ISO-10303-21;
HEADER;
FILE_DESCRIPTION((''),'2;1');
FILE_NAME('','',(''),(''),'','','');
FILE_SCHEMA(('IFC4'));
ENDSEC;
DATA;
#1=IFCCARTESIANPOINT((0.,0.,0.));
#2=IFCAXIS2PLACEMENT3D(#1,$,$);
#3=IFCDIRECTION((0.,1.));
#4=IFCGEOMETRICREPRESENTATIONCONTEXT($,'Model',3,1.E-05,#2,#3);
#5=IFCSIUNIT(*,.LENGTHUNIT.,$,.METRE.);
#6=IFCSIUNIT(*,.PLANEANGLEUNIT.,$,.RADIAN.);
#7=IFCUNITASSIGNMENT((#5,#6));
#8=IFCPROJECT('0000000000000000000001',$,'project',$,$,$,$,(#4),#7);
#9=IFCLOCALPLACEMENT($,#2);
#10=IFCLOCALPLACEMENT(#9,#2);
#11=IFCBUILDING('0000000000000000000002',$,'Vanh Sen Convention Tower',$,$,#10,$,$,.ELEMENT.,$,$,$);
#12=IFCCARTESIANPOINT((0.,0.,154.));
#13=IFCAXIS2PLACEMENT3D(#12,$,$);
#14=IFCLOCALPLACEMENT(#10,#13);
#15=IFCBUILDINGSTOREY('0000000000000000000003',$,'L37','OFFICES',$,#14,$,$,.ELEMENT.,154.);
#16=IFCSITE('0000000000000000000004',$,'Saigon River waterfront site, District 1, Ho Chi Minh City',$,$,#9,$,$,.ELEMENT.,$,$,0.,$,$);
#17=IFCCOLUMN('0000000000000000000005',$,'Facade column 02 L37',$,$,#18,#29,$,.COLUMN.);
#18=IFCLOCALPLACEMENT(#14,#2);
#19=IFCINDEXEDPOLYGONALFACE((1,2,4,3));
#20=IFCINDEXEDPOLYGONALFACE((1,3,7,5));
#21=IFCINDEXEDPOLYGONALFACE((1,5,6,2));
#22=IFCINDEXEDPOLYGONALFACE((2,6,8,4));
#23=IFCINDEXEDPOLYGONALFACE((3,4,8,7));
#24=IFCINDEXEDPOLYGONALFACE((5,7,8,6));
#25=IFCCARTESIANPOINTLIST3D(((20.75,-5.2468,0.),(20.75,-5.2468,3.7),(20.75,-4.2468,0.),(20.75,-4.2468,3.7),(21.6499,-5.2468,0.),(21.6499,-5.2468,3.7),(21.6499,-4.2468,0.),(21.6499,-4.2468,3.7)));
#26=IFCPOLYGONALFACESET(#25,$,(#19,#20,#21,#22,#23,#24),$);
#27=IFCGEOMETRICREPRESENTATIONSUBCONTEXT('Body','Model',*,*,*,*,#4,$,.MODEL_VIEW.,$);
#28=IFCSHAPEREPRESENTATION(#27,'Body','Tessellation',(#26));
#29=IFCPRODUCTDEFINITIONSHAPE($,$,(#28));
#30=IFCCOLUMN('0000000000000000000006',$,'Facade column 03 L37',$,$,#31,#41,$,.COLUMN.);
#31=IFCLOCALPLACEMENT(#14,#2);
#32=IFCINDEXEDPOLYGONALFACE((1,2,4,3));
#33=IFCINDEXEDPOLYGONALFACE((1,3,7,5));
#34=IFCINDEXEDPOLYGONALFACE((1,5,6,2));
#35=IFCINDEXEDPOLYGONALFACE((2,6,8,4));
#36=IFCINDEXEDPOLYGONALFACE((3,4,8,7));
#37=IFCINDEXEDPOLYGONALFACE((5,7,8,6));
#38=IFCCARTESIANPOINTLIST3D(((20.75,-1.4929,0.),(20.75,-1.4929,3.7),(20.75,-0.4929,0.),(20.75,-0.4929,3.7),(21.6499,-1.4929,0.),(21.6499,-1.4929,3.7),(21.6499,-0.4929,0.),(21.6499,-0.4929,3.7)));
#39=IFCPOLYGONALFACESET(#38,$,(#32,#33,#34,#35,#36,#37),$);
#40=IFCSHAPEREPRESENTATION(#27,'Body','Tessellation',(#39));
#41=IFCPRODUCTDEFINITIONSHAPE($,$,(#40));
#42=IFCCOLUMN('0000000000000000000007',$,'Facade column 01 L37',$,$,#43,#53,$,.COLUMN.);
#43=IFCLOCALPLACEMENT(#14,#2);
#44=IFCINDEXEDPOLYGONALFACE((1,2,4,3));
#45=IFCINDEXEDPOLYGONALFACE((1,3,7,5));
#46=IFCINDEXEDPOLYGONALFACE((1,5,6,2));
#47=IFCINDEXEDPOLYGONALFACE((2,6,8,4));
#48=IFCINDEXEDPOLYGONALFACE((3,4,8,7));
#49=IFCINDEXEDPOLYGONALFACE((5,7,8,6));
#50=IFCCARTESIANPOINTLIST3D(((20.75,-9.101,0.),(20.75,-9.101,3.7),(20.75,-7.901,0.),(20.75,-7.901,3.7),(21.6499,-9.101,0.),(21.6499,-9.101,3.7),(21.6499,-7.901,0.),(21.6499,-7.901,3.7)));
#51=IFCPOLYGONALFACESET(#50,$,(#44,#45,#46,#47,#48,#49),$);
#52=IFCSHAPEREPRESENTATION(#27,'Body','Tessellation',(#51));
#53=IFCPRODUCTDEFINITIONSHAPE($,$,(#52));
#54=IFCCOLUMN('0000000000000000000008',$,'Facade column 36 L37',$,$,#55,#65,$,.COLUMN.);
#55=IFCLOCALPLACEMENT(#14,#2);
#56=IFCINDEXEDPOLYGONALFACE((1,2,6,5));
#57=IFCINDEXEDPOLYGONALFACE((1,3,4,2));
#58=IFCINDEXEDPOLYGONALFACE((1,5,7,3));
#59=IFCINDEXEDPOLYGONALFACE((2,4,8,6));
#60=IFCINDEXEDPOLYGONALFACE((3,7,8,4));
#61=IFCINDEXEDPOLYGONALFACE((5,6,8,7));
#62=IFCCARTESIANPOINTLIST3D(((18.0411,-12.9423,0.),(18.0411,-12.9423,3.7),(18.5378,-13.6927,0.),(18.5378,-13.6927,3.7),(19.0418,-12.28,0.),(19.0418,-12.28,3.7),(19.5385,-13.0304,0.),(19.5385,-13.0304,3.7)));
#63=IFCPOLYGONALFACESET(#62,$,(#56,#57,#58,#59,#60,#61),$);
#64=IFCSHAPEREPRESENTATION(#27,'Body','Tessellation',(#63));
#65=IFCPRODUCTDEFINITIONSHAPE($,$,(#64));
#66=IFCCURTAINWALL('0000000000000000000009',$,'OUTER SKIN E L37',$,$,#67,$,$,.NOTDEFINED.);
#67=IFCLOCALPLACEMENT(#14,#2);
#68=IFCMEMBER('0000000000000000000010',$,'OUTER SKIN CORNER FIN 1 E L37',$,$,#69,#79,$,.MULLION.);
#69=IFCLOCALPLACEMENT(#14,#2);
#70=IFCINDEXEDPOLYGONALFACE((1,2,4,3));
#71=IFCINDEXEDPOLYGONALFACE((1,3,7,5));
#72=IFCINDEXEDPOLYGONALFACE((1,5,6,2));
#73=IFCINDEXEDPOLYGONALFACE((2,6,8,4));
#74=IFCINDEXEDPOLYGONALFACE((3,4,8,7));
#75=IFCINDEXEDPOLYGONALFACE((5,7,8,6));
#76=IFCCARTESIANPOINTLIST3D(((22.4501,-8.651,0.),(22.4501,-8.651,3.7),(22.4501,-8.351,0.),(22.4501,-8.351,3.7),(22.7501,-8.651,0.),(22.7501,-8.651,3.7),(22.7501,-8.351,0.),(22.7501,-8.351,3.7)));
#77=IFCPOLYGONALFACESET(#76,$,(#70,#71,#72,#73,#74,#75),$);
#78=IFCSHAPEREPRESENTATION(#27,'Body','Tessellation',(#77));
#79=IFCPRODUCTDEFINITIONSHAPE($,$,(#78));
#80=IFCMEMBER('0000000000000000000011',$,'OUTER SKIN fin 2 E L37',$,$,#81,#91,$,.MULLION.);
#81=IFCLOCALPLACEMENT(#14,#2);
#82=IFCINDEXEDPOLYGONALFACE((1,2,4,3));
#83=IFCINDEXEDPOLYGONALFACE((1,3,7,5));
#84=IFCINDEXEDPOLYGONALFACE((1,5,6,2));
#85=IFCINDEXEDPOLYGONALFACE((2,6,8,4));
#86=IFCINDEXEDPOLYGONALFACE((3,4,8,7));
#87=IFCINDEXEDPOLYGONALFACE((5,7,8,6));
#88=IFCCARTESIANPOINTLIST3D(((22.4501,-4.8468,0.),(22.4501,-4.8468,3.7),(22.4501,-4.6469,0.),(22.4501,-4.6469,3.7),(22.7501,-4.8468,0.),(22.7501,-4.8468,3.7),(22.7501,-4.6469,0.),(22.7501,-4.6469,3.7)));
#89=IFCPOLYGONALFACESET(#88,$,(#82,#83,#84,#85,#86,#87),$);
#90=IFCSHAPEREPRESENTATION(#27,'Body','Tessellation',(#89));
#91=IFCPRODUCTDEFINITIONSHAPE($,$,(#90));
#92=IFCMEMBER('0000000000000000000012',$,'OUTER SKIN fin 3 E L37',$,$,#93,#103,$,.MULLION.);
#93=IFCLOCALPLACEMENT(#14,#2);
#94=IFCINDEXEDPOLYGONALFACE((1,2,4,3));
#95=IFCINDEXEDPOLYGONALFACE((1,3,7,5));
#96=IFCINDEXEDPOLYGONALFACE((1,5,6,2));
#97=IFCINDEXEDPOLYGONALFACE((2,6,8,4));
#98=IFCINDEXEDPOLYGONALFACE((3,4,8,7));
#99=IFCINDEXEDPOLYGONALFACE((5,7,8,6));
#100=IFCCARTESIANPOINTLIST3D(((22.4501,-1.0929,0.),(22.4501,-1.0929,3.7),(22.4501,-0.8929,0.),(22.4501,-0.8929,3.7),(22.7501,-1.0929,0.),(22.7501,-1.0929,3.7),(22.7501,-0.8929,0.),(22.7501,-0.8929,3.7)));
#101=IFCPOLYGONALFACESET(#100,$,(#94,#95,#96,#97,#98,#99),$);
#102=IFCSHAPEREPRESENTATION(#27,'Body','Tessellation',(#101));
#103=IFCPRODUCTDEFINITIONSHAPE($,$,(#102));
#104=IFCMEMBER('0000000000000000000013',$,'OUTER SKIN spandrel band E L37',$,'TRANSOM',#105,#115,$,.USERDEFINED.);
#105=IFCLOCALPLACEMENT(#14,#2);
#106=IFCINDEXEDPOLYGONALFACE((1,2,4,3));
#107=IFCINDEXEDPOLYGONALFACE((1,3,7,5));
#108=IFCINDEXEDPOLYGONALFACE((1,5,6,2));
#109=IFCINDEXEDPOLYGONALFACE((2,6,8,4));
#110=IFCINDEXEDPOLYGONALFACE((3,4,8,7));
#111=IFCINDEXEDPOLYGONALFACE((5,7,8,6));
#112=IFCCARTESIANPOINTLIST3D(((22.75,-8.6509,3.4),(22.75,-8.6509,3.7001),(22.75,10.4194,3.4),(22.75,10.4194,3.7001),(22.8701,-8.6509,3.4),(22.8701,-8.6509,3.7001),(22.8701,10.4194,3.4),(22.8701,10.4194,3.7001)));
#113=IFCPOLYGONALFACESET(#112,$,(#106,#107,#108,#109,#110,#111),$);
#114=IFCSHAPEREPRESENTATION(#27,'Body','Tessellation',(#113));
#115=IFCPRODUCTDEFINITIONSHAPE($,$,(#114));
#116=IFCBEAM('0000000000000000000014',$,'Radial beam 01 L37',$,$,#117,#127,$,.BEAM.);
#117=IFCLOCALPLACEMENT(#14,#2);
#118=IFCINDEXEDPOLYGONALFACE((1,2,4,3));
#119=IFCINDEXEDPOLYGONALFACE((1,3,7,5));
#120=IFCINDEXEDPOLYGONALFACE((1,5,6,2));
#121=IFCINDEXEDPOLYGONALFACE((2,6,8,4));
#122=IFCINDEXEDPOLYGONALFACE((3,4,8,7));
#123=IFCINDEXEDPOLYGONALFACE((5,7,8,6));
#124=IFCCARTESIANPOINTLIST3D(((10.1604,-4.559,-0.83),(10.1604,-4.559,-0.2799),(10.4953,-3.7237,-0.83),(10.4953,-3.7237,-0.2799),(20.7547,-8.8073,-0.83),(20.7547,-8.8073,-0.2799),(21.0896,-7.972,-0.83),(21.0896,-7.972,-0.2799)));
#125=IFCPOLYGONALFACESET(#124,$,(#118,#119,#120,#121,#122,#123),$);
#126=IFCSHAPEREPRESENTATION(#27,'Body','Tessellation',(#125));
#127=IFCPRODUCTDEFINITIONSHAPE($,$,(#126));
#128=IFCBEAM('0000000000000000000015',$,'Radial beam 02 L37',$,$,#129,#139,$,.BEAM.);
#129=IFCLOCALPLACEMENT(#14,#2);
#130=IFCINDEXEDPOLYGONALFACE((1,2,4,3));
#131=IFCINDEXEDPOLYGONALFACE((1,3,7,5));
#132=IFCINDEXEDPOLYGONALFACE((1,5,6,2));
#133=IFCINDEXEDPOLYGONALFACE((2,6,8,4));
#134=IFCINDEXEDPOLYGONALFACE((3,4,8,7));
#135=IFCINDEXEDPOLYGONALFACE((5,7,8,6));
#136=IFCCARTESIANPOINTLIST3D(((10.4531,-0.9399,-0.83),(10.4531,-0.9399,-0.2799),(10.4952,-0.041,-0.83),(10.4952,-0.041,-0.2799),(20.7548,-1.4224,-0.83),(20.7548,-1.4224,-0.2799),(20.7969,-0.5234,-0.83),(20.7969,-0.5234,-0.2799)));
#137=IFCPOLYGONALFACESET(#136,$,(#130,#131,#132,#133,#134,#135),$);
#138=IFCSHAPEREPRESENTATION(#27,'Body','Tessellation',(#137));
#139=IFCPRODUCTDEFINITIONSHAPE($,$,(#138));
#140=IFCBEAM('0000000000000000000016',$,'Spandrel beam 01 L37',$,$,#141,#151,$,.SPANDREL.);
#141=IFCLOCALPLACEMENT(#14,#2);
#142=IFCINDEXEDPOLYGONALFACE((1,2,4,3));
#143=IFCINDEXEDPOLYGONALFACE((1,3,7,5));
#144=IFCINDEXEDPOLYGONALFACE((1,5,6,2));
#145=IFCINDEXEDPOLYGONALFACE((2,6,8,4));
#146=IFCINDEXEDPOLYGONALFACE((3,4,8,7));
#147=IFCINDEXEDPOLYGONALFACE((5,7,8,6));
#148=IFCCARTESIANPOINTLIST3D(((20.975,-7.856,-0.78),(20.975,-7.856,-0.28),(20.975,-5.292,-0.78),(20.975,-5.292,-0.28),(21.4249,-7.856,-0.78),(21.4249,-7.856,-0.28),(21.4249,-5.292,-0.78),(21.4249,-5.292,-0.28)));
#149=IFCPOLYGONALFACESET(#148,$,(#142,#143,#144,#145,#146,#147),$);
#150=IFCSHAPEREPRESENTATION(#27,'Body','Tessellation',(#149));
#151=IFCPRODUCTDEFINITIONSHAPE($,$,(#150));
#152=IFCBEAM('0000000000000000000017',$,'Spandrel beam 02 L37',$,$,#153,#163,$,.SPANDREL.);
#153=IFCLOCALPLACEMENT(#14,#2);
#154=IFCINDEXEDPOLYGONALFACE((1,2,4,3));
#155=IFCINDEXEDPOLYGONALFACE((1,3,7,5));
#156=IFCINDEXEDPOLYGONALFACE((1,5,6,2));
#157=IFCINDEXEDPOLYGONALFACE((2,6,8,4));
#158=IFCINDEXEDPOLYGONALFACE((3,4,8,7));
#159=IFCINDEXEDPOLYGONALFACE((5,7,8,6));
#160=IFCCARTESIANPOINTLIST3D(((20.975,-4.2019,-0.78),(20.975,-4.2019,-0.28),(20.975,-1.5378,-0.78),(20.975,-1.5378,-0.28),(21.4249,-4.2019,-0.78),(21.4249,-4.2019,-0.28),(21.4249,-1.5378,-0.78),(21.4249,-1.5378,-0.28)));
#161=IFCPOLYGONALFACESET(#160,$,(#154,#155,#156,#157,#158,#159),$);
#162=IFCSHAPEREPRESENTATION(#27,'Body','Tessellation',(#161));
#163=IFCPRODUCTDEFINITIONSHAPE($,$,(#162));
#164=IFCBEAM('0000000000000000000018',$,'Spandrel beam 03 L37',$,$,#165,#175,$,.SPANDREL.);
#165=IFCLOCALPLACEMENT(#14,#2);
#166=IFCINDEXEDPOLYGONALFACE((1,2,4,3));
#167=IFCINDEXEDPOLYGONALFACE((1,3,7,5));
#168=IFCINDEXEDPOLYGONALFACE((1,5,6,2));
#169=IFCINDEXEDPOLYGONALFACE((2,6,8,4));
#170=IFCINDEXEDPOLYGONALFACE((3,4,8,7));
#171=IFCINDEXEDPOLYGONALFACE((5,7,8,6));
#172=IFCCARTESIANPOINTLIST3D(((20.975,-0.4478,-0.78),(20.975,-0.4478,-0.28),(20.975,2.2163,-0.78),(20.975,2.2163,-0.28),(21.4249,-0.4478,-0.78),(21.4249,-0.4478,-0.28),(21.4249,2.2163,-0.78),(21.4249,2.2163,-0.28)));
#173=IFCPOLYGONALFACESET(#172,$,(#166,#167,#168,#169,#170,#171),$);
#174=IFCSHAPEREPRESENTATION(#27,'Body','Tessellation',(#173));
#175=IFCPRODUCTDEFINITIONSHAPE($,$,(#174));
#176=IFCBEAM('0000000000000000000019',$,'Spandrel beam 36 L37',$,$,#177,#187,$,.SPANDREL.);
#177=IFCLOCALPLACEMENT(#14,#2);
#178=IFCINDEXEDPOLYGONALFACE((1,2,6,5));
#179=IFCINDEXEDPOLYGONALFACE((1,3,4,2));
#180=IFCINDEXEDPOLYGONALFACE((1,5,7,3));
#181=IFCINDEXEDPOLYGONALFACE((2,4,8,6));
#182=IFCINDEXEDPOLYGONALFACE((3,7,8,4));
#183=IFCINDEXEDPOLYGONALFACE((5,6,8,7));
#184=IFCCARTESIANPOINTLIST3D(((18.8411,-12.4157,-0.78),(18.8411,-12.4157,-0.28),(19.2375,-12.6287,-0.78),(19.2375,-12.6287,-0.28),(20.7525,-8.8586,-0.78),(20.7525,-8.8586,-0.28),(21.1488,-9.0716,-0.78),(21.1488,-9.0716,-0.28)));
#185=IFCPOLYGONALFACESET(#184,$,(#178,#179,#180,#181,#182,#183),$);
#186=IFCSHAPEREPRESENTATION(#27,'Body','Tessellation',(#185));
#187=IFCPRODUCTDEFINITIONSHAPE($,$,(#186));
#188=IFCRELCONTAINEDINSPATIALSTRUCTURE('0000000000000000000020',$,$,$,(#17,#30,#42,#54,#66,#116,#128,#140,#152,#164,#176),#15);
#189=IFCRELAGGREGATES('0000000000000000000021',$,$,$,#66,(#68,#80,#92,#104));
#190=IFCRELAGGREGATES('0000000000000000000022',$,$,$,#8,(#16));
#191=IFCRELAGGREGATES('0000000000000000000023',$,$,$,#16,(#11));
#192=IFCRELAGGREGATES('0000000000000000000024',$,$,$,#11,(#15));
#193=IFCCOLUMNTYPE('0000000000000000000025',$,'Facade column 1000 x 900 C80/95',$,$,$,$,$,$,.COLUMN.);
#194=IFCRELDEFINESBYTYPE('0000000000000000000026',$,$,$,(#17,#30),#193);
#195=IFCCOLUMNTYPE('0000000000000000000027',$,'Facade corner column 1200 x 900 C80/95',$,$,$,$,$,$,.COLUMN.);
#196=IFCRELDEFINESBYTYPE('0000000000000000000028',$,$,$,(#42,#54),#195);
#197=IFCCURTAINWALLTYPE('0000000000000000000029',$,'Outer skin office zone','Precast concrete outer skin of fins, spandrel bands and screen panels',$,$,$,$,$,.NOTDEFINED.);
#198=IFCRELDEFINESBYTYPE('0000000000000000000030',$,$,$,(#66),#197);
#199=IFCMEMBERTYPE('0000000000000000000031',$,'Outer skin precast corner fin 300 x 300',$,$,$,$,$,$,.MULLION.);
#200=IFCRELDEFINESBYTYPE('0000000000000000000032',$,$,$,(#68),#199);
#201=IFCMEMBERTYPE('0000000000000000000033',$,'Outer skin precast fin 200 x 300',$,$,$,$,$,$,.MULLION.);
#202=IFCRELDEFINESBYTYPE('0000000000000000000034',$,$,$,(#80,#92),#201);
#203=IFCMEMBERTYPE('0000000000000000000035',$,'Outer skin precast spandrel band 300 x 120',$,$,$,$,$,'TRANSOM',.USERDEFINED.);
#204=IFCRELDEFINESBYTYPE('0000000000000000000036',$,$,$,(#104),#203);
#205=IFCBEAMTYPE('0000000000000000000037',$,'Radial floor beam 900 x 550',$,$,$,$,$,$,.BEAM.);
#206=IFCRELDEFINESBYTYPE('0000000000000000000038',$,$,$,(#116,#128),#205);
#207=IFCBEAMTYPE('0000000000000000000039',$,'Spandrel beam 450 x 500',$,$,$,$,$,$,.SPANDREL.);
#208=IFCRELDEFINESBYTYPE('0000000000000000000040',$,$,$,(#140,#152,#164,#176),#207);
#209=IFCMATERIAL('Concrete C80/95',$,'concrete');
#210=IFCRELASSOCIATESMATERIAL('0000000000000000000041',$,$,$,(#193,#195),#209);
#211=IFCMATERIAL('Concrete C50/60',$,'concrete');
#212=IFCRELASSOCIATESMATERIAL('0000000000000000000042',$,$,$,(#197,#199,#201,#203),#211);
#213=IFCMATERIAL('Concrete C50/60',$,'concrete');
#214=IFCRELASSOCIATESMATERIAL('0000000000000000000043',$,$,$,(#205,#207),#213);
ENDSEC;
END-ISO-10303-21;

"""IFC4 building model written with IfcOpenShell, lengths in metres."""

from ifc_helpers import new_model, si_unit, direction, frame, origin, origin_2d, place, context, subcontext, project, spatial, rectangle, extrude, material, material_profile, profile_set, type_object, element, aggregate, save


model = new_model("IFC4")

# Units and contexts
model_context = context("Model", 3, precision=1e-05, world=origin(), true_north=direction((0.0, 1.0)))
body_context = subcontext(model_context, "Body", "Model", "MODEL_VIEW")
ifc_project = project(units=[si_unit("LENGTHUNIT", "METRE"), si_unit("PLANEANGLEUNIT", "RADIAN")], contexts=[model_context])

# Site, building, storey
site_placement = place(None, origin())
site = spatial("IfcSite", under=ifc_project, at=site_placement, Name="Saigon River waterfront site, District 1, Ho Chi Minh City", CompositionType="ELEMENT", RefElevation=0.0)
building_placement = place(site_placement, origin())
building = spatial("IfcBuilding", under=site, at=building_placement, Name="Vanh Sen Convention Tower", CompositionType="ELEMENT")
storey_placement = place(building_placement, frame((0.0, 0.0, 154.0)))
storey = spatial("IfcBuildingStorey", under=building, at=storey_placement, Name="L37", Description="OFFICES", CompositionType="ELEMENT", Elevation=154.0)

# Columns
ifc_material_1 = material(Name="Concrete C80/95", Category="concrete")
ifc_material_profile_1 = material_profile(ifc_material_1, rectangle(XDim=1.0, YDim=0.8999, at=origin_2d()), Name="RC 1000X900")
ifc_profile_set_1 = profile_set([ifc_material_profile_1], Name="Concrete C80/95")
column_type_1 = type_object("IfcColumnType", Name="Facade column 1000 x 900 C80/95", PredefinedType="COLUMN", material=ifc_profile_set_1)
for number, where, z_axis, x_axis, name in (
    (1, (21.2, -4.7468, 0.0), (0.0, 0.0, 1.0), (0.0, 1.0, 0.0), "Facade column 02 L37"),
    (2, (21.2, -0.9929, 0.0), (0.0, 0.0, 1.0), (0.0, 1.0, 0.0), "Facade column 03 L37"),
):
    element("IfcColumn", number, at=place(storey_placement, frame(where, z_axis=z_axis, x_axis=x_axis)), inside=storey, type_object=column_type_1, Name=name, PredefinedType="COLUMN", context=body_context, shape_type="SweptSolid", body=[
        extrude(rectangle(XDim=1.0, YDim=0.8999, at=origin_2d()), origin(), (0.0, 0.0, 1.0), 3.7),
    ])
ifc_material_profile_2 = material_profile(ifc_material_1, rectangle(XDim=1.2, YDim=0.8999, at=origin_2d()), Name="RC 1200X900")
ifc_profile_set_2 = profile_set([ifc_material_profile_2], Name="Concrete C80/95")
column_type_2 = type_object("IfcColumnType", Name="Facade corner column 1200 x 900 C80/95", PredefinedType="COLUMN", material=ifc_profile_set_2)
for number, where, z_axis, x_axis, name in (
    (3, (21.2, -8.501, 0.0), (0.0, 0.0, 1.0), (0.0, 1.0, 0.0), "Facade column 01 L37"),
    (4, (18.7898, -12.9863, 0.0), (0.0, 0.0, 1.0), (0.833886, 0.551937, 0.0), "Facade column 36 L37"),
):
    element("IfcColumn", number, at=place(storey_placement, frame(where, z_axis=z_axis, x_axis=x_axis)), inside=storey, type_object=column_type_2, Name=name, PredefinedType="COLUMN", context=body_context, shape_type="SweptSolid", body=[
        extrude(rectangle(XDim=1.2, YDim=0.8999, at=origin_2d()), origin(), (0.0, 0.0, 1.0), 3.7),
    ])

# Curtain wall, members
ifc_material_2 = material(Name="Concrete C50/60", Category="concrete")
curtain_wall_type = type_object("IfcCurtainWallType", Name="Outer skin office zone", Description="Precast concrete outer skin of fins, spandrel bands and screen panels", PredefinedType="NOTDEFINED", material=ifc_material_2)
curtain_wall_1_placement = place(storey_placement, origin())
curtain_wall_1 = element("IfcCurtainWall", 5, at=curtain_wall_1_placement, inside=storey, type_object=curtain_wall_type, Name="OUTER SKIN E L37", PredefinedType="NOTDEFINED")
ifc_material_profile_3 = material_profile(ifc_material_2, rectangle(XDim=0.3, YDim=0.3, at=origin_2d()), Name="Outer skin precast corner fin 300 x 300")
ifc_profile_set_3 = profile_set([ifc_material_profile_3], Name="Concrete C50/60")
member_type_1 = type_object("IfcMemberType", Name="Outer skin precast corner fin 300 x 300", PredefinedType="MULLION", material=ifc_profile_set_3)
member_1_placement = place(storey_placement, frame((22.6001, -8.501, 0.0), z_axis=(0.0, 0.0, 1.0), x_axis=(0.0, 1.0, 0.0)))
member_1 = element("IfcMember", 6, at=member_1_placement, type_object=member_type_1, Name="OUTER SKIN CORNER FIN 1 E L37", PredefinedType="MULLION", context=body_context, shape_type="SweptSolid", body=[
    extrude(rectangle(XDim=0.3, YDim=0.3, at=origin_2d()), origin(), (0.0, 0.0, 1.0), 3.7),
])
ifc_material_profile_4 = material_profile(ifc_material_2, rectangle(XDim=0.2, YDim=0.3, at=origin_2d()), Name="Outer skin precast fin 200 x 300")
ifc_profile_set_4 = profile_set([ifc_material_profile_4], Name="Concrete C50/60")
member_type_2 = type_object("IfcMemberType", Name="Outer skin precast fin 200 x 300", PredefinedType="MULLION", material=ifc_profile_set_4)
member_2_placement = place(storey_placement, frame((22.6001, -4.7468, 0.0), z_axis=(0.0, 0.0, 1.0), x_axis=(0.0, 1.0, 0.0)))
member_2 = element("IfcMember", 7, at=member_2_placement, type_object=member_type_2, Name="OUTER SKIN fin 2 E L37", PredefinedType="MULLION", context=body_context, shape_type="SweptSolid", body=[
    extrude(rectangle(XDim=0.2, YDim=0.3, at=origin_2d()), origin(), (0.0, 0.0, 1.0), 3.7),
])
member_3_placement = place(storey_placement, frame((22.6001, -0.9929, 0.0), z_axis=(0.0, 0.0, 1.0), x_axis=(0.0, 1.0, 0.0)))
member_3 = element("IfcMember", 8, at=member_3_placement, type_object=member_type_2, Name="OUTER SKIN fin 3 E L37", PredefinedType="MULLION", context=body_context, shape_type="SweptSolid", body=[
    extrude(rectangle(XDim=0.2, YDim=0.3, at=origin_2d()), origin(), (0.0, 0.0, 1.0), 3.7),
])
ifc_material_profile_5 = material_profile(ifc_material_2, rectangle(XDim=0.1201, YDim=0.3, at=origin_2d()), Name="Outer skin precast spandrel band 300 x 120")
ifc_profile_set_5 = profile_set([ifc_material_profile_5], Name="Concrete C50/60")
member_type_3 = type_object("IfcMemberType", Name="Outer skin precast spandrel band 300 x 120", ElementType="TRANSOM", PredefinedType="USERDEFINED", material=ifc_profile_set_5)
member_4_placement = place(storey_placement, frame((22.8101, -8.6509, 3.55), z_axis=(0.0, 1.0, 0.0), x_axis=(-1.0, 0.0, 0.0)))
member_4 = element("IfcMember", 9, at=member_4_placement, type_object=member_type_3, Name="OUTER SKIN spandrel band E L37", ObjectType="TRANSOM", PredefinedType="USERDEFINED", context=body_context, shape_type="SweptSolid", body=[
    extrude(rectangle(XDim=0.1201, YDim=0.3, at=origin_2d()), origin(), (0.0, 0.0, 1.0), 19.0703),
])

# Beams
ifc_material_3 = material(Name="Concrete C50/60", Category="concrete")
ifc_material_profile_6 = material_profile(ifc_material_3, rectangle(XDim=0.8999, YDim=0.55, at=origin_2d()), Name="RC 900X550")
ifc_profile_set_6 = profile_set([ifc_material_profile_6], Name="Concrete C50/60")
beam_type_1 = type_object("IfcBeamType", Name="Radial floor beam 900 x 550", PredefinedType="BEAM", material=ifc_profile_set_6)
beam_1_placement = place(storey_placement, frame((20.9221, -8.3896, -0.5549), z_axis=(-0.928156, 0.372191, 0.0), x_axis=(-0.372191, -0.928156, 0.0)))
element("IfcBeam", 10, at=beam_1_placement, inside=storey, type_object=beam_type_1, Name="Radial beam 01 L37", PredefinedType="BEAM", context=body_context, shape_type="SweptSolid", body=[
    extrude(rectangle(XDim=0.8999, YDim=0.55, at=origin_2d()), origin(), (0.0, 0.0, 1.0), 11.4143),
])
beam_2_placement = place(storey_placement, frame((20.7759, -0.9729, -0.5549), z_axis=(-0.998905, 0.046778, 0.0), x_axis=(-0.046778, -0.998905, 0.0)))
element("IfcBeam", 11, at=beam_2_placement, inside=storey, type_object=beam_type_1, Name="Radial beam 02 L37", PredefinedType="BEAM", context=body_context, shape_type="SweptSolid", body=[
    extrude(rectangle(XDim=0.8999, YDim=0.55, at=origin_2d()), origin(), (0.0, 0.0, 1.0), 10.313),
])
ifc_material_profile_7 = material_profile(ifc_material_3, rectangle(XDim=0.45, YDim=0.5, at=origin_2d()), Name="RC 450X500")
ifc_profile_set_7 = profile_set([ifc_material_profile_7], Name="Concrete C50/60")
beam_type_2 = type_object("IfcBeamType", Name="Spandrel beam 450 x 500", PredefinedType="SPANDREL", material=ifc_profile_set_7)
beam_3_placement = place(storey_placement, frame((21.2, -7.856, -0.53), z_axis=(0.0, 1.0, 0.0), x_axis=(-1.0, 0.0, 0.0)))
element("IfcBeam", 12, at=beam_3_placement, inside=storey, type_object=beam_type_2, Name="Spandrel beam 01 L37", PredefinedType="SPANDREL", context=body_context, shape_type="SweptSolid", body=[
    extrude(rectangle(XDim=0.45, YDim=0.5, at=origin_2d()), origin(), (0.0, 0.0, 1.0), 2.564),
])
for number, where, z_axis, x_axis, name in (
    (13, (21.2, -4.2019, -0.53), (0.0, 1.0, 0.0), (-1.0, 0.0, 0.0), "Spandrel beam 02 L37"),
    (14, (21.2, -0.4478, -0.53), (0.0, 1.0, 0.0), (-1.0, 0.0, 0.0), "Spandrel beam 03 L37"),
):
    element("IfcBeam", number, at=place(storey_placement, frame(where, z_axis=z_axis, x_axis=x_axis)), inside=storey, type_object=beam_type_2, Name=name, PredefinedType="SPANDREL", context=body_context, shape_type="SweptSolid", body=[
        extrude(rectangle(XDim=0.45, YDim=0.5, at=origin_2d()), origin(), (0.0, 0.0, 1.0), 2.6641),
    ])
beam_4_placement = place(storey_placement, frame((19.0393, -12.5222, -0.53), z_axis=(0.473332, 0.880884, 0.0), x_axis=(-0.880884, 0.473332, 0.0)))
element("IfcBeam", 15, at=beam_4_placement, inside=storey, type_object=beam_type_2, Name="Spandrel beam 36 L37", PredefinedType="SPANDREL", context=body_context, shape_type="SweptSolid", body=[
    extrude(rectangle(XDim=0.45, YDim=0.5, at=origin_2d()), origin(), (0.0, 0.0, 1.0), 4.0381),
])

aggregate(curtain_wall_1, [member_1, member_2, member_3, member_4])

save(model, "model.ifc")
